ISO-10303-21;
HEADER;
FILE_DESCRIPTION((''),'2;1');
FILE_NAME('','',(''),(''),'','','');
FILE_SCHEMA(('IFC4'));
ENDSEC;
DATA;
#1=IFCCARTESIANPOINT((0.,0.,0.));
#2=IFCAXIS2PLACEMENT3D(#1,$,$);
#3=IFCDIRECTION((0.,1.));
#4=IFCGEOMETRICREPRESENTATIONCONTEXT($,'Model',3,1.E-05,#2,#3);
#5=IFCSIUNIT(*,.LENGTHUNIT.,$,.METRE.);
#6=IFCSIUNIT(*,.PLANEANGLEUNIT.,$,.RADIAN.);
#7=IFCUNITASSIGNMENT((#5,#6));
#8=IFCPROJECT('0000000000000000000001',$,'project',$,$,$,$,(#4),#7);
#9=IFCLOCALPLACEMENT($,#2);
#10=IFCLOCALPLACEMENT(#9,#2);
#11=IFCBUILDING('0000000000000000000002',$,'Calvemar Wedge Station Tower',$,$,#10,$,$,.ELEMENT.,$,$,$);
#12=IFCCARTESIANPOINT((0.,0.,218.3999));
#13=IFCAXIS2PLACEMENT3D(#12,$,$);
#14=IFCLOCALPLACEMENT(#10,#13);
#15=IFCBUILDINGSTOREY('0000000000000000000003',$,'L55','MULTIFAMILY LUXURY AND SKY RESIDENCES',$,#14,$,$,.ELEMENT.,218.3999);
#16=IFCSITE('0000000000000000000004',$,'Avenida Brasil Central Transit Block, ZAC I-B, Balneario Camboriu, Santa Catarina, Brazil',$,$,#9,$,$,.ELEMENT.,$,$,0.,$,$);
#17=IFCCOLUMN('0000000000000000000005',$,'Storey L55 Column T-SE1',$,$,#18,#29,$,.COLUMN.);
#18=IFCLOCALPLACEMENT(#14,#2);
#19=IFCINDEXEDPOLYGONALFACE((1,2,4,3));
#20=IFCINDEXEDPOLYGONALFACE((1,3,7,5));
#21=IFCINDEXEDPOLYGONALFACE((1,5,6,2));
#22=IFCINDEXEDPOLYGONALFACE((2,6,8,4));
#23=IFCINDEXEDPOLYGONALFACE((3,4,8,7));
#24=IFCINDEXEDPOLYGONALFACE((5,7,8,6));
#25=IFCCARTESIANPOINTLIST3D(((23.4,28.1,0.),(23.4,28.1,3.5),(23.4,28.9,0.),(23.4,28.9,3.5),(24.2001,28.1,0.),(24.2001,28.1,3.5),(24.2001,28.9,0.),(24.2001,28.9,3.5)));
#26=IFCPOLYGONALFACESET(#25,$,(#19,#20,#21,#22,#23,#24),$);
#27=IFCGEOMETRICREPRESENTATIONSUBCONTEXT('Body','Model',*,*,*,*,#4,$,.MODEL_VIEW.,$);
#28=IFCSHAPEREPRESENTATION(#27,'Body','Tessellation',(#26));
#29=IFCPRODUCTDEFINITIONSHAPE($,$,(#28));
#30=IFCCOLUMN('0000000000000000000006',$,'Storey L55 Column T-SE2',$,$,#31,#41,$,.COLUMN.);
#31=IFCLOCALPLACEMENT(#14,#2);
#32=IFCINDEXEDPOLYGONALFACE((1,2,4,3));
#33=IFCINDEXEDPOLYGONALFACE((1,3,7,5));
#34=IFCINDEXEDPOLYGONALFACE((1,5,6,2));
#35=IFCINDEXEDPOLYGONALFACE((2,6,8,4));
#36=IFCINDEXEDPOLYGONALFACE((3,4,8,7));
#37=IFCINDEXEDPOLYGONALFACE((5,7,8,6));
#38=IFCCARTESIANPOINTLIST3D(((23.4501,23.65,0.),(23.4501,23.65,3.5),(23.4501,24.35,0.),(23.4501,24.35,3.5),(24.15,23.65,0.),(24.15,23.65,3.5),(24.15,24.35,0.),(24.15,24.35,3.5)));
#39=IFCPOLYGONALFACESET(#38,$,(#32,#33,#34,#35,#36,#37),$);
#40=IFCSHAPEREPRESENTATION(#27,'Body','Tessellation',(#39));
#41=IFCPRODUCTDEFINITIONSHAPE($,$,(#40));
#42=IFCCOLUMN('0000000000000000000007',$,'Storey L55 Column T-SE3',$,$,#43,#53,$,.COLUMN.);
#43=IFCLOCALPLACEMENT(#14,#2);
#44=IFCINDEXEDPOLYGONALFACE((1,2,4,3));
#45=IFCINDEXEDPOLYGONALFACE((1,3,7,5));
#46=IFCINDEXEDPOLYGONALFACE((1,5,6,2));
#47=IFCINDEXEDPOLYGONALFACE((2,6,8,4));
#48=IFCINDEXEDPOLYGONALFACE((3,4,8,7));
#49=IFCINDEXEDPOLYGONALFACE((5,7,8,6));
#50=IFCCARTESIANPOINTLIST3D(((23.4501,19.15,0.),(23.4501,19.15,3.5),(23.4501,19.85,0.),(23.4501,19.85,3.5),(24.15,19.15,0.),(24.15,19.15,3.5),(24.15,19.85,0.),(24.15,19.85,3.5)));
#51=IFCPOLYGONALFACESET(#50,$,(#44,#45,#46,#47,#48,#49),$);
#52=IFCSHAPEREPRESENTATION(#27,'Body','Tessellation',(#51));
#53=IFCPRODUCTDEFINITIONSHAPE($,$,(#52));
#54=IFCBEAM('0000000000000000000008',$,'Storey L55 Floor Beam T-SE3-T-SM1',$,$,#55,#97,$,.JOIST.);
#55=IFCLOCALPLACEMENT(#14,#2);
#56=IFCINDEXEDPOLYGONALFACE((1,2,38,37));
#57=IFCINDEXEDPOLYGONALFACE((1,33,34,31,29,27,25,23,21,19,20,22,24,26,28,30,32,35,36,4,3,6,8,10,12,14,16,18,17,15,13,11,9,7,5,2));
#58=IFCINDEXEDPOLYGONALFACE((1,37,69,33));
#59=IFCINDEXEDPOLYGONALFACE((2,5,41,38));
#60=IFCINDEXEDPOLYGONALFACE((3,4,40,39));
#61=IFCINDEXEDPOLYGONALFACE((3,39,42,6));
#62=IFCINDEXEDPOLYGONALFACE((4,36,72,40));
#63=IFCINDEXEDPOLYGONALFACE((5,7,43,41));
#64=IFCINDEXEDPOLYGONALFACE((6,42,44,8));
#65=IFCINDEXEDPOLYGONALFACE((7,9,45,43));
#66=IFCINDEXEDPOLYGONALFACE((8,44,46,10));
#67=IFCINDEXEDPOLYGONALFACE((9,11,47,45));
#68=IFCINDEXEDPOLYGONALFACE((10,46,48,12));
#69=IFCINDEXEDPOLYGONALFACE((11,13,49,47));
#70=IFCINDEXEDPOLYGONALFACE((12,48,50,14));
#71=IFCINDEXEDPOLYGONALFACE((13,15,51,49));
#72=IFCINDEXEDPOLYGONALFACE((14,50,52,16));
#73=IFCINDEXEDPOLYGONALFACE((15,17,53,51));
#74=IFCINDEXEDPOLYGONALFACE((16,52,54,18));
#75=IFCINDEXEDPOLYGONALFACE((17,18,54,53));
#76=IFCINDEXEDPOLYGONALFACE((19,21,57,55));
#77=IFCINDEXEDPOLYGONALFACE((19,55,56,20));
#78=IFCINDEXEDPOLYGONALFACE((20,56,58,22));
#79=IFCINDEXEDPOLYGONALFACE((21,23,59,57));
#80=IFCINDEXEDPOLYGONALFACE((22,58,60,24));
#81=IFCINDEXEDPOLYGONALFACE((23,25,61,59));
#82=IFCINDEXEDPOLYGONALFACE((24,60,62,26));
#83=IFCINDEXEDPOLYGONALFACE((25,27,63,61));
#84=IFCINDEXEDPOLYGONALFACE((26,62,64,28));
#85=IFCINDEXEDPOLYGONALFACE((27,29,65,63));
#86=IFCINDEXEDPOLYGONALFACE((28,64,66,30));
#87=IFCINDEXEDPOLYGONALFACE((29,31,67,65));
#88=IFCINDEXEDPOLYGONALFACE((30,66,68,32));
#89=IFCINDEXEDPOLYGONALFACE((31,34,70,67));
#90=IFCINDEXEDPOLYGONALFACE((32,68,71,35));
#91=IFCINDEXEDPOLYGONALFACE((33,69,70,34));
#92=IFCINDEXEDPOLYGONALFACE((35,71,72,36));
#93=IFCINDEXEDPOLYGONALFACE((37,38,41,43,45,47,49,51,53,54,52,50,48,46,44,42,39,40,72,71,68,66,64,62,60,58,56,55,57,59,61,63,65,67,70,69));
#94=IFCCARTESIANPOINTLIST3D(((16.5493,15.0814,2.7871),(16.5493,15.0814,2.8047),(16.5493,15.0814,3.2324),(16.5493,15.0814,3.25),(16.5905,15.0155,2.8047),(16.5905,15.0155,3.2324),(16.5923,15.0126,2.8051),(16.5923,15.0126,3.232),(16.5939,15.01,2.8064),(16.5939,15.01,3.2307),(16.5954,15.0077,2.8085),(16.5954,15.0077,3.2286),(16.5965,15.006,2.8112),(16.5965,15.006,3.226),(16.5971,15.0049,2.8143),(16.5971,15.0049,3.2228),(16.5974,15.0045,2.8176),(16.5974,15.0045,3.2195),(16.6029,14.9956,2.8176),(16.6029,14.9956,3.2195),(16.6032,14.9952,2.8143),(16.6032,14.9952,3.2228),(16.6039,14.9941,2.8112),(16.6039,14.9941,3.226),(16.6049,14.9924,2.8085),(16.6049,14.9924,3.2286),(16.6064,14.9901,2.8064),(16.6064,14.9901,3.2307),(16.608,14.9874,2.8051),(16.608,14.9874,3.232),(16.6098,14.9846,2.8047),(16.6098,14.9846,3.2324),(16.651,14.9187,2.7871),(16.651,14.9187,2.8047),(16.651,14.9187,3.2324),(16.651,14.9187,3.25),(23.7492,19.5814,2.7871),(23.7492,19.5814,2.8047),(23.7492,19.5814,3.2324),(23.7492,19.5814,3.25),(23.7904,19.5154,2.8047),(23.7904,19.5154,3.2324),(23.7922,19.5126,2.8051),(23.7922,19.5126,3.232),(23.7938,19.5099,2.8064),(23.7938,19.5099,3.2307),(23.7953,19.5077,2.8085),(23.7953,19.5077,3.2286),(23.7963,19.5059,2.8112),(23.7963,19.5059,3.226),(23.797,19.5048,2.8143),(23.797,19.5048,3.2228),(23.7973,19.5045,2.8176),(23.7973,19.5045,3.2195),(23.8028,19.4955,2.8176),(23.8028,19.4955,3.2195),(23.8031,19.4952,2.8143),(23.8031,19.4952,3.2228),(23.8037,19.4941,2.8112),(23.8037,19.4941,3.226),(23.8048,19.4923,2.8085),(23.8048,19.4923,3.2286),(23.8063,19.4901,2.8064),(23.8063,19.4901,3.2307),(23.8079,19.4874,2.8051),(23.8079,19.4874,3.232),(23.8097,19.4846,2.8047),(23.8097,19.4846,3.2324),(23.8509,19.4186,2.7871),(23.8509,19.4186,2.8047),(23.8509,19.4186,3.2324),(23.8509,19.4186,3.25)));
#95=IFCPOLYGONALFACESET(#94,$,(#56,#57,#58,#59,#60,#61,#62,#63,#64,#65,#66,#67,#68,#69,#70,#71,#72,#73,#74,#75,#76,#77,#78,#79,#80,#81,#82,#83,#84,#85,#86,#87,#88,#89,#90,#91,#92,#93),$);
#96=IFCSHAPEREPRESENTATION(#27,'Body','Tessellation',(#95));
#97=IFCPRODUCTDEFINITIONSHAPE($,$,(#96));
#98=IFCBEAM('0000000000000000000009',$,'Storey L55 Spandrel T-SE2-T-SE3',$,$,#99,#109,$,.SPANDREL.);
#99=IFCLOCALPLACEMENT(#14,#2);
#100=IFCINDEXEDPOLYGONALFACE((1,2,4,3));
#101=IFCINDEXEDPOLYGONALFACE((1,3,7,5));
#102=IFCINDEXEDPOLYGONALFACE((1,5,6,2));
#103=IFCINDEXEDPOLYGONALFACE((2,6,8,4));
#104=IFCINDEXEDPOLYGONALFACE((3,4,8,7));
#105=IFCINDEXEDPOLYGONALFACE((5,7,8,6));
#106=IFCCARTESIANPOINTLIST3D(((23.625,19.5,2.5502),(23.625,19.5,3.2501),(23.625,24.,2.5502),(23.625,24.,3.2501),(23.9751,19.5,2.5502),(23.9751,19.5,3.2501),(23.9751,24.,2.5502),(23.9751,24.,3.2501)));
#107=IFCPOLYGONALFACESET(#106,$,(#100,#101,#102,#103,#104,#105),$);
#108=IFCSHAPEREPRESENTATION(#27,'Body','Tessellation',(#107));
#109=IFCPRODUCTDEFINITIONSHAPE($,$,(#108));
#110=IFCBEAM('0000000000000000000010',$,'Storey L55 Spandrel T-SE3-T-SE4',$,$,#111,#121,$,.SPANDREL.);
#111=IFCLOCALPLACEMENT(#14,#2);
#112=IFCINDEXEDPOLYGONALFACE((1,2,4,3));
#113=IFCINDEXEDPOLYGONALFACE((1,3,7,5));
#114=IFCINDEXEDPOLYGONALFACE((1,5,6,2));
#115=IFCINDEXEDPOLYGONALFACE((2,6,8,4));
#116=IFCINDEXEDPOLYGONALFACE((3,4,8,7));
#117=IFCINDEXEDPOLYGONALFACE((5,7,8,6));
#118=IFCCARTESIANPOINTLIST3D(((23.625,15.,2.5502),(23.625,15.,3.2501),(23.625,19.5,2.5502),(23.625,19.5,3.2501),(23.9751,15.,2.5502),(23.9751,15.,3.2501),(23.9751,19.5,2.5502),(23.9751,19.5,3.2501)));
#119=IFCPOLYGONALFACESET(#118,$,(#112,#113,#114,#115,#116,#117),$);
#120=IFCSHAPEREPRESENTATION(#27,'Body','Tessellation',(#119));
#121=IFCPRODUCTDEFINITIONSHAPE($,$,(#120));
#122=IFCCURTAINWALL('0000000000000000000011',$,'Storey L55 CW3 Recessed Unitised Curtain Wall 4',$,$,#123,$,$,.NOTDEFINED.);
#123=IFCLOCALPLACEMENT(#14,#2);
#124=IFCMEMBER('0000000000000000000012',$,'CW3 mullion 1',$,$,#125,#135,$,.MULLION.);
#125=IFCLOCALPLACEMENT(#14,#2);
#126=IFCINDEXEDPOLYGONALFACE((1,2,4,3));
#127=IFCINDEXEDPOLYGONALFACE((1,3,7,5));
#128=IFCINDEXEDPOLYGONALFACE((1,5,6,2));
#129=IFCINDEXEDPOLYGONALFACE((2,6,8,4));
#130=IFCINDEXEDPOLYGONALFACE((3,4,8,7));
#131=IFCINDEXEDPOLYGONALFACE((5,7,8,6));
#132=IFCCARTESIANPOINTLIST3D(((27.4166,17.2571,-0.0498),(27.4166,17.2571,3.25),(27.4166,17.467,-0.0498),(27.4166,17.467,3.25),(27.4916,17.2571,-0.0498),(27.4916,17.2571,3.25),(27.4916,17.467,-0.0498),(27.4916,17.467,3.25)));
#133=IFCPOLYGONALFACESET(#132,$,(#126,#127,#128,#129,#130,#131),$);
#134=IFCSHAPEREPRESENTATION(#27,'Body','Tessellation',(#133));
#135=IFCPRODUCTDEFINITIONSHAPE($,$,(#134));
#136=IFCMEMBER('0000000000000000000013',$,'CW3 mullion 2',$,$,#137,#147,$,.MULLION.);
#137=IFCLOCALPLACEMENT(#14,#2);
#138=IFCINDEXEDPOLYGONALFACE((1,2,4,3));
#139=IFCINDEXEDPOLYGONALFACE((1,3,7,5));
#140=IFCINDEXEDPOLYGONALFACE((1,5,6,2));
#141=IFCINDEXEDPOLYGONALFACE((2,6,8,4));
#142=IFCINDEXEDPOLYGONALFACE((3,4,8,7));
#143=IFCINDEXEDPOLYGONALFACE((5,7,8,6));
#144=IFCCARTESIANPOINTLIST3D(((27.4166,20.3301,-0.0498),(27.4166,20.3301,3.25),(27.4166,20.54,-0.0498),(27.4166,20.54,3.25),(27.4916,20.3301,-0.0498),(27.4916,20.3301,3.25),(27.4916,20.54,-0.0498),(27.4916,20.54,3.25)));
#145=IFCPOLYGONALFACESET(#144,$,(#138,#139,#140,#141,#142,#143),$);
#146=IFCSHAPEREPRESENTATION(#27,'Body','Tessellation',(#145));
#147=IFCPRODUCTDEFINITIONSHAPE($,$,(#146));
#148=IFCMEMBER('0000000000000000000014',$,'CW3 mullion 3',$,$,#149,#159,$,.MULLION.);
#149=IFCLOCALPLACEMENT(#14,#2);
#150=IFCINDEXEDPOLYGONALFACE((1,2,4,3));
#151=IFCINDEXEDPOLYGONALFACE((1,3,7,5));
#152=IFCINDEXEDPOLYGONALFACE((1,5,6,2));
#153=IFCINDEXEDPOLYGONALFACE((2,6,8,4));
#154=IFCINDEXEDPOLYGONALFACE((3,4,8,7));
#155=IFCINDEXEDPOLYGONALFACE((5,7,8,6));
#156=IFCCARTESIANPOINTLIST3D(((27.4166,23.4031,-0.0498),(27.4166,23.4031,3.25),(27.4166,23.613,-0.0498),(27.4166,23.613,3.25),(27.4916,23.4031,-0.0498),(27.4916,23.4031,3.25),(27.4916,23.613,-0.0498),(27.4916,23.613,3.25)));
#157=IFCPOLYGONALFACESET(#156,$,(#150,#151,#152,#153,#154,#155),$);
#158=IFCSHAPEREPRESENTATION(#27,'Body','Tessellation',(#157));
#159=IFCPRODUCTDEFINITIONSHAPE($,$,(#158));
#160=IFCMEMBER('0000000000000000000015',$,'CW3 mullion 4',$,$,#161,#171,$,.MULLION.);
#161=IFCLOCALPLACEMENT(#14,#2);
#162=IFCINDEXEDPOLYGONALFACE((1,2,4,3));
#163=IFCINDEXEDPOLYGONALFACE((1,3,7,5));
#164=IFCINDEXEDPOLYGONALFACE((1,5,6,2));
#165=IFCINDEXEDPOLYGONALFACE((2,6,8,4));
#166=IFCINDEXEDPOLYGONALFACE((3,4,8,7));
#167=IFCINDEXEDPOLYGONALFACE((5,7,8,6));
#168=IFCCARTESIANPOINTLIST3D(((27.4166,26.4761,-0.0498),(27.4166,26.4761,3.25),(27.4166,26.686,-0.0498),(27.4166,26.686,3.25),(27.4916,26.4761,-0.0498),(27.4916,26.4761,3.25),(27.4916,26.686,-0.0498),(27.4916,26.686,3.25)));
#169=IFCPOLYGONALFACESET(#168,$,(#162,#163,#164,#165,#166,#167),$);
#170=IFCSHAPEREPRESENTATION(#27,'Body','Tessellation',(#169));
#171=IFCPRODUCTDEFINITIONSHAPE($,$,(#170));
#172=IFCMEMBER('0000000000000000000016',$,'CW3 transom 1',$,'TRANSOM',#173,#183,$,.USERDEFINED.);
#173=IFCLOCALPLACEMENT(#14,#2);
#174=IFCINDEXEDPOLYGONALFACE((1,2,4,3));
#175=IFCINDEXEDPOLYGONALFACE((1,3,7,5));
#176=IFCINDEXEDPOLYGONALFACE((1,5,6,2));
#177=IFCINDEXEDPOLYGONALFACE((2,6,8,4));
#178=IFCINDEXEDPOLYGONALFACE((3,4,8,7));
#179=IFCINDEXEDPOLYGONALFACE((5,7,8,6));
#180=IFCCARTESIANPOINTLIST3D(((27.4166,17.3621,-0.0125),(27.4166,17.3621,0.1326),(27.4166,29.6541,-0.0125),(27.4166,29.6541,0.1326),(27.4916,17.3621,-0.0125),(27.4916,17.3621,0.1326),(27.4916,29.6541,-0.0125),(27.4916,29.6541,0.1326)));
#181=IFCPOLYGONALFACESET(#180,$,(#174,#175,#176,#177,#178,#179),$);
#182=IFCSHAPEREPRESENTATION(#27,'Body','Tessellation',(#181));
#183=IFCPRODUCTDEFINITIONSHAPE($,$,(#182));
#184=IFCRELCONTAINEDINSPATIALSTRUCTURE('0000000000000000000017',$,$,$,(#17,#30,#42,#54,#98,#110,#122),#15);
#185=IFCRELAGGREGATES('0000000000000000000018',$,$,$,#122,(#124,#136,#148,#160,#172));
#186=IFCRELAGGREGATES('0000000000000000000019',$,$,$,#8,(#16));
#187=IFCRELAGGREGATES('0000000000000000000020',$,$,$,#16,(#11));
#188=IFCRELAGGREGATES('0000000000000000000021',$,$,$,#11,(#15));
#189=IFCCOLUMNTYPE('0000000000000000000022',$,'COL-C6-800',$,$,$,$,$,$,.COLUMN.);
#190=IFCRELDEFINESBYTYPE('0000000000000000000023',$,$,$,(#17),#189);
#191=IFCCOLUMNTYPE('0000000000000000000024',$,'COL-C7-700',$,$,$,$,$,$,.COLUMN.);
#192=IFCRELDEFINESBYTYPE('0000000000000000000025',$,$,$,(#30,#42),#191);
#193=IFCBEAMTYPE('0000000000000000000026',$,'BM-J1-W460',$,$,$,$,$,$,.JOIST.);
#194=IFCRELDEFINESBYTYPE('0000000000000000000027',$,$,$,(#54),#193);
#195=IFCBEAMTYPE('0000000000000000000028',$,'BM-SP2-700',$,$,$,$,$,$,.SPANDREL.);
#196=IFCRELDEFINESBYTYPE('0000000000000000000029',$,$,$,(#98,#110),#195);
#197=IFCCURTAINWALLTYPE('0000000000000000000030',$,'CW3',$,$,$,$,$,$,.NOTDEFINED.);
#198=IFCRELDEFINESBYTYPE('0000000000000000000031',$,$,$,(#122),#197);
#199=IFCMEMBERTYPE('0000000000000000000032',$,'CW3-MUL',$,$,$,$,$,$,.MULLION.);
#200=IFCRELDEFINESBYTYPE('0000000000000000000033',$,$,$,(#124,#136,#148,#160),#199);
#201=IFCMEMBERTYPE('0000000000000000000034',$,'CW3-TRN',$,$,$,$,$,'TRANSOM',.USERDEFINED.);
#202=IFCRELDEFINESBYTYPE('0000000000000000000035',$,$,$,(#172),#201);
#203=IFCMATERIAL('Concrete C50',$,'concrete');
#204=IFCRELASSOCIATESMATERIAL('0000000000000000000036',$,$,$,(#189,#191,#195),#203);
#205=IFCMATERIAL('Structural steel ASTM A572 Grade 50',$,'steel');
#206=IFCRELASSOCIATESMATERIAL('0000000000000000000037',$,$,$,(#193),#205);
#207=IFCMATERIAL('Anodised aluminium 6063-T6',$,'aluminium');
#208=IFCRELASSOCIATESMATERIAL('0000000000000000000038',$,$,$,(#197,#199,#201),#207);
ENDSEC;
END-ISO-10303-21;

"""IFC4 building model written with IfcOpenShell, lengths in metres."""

from ifc_helpers import new_model, si_unit, direction, frame, origin, origin_2d, place, context, subcontext, project, spatial, rectangle, i_section, extrude, source, transform, mapped, material, material_profile, profile_set, type_object, element, aggregate, save


model = new_model("IFC4")

# Units and contexts
model_context = context("Model", 3, precision=1e-05, world=origin(), true_north=direction((0.0, 1.0)))
body_context = subcontext(model_context, "Body", "Model", "MODEL_VIEW")
ifc_project = project(units=[si_unit("LENGTHUNIT", "METRE"), si_unit("PLANEANGLEUNIT", "RADIAN")], contexts=[model_context])

# Site, building, storey
site_placement = place(None, origin())
site = spatial("IfcSite", under=ifc_project, at=site_placement, Name="Avenida Brasil Central Transit Block, ZAC I-B, Balneario Camboriu, Santa Catarina, Brazil", CompositionType="ELEMENT", RefElevation=0.0)
building_placement = place(site_placement, origin())
building = spatial("IfcBuilding", under=site, at=building_placement, Name="Calvemar Wedge Station Tower", CompositionType="ELEMENT")
storey_placement = place(building_placement, frame((0.0, 0.0, 218.3999)))
storey = spatial("IfcBuildingStorey", under=building, at=storey_placement, Name="L55", Description="MULTIFAMILY LUXURY AND SKY RESIDENCES", CompositionType="ELEMENT", Elevation=218.3999)

# Columns
ifc_material_1 = material(Name="Concrete C50", Category="concrete")
ifc_material_profile_1 = material_profile(ifc_material_1, rectangle(XDim=0.8, YDim=0.8, at=origin_2d()), Name="RC800x800")
ifc_profile_set_1 = profile_set([ifc_material_profile_1], Name="Concrete C50")
column_type_1 = type_object("IfcColumnType", Name="COL-C6-800", PredefinedType="COLUMN", material=ifc_profile_set_1)
shared_shape_1 = source(origin(), body_context, "Body", "SweptSolid", [
    extrude(rectangle(XDim=0.8, YDim=0.8, at=origin_2d()), origin(), (0.0, 0.0, 1.0), 3.5),
])
column_placement = place(storey_placement, frame((23.8, 28.5, 0.0), z_axis=(0.0, 0.0, 1.0), x_axis=(1.0, 0.0, 0.0)))
element("IfcColumn", 1, at=column_placement, inside=storey, type_object=column_type_1, Name="Storey L55 Column T-SE1", PredefinedType="COLUMN", context=body_context, shape_type="MappedRepresentation", body=[
    mapped(shared_shape_1, transform((0.0, 0.0, 0.0), scale=1.0)),
])
ifc_material_profile_2 = material_profile(ifc_material_1, rectangle(XDim=0.7, YDim=0.7, at=origin_2d()), Name="RC700x700")
ifc_profile_set_2 = profile_set([ifc_material_profile_2], Name="Concrete C50")
column_type_2 = type_object("IfcColumnType", Name="COL-C7-700", PredefinedType="COLUMN", material=ifc_profile_set_2)
shared_shape_2 = source(origin(), body_context, "Body", "SweptSolid", [
    extrude(rectangle(XDim=0.7, YDim=0.7, at=origin_2d()), origin(), (0.0, 0.0, 1.0), 3.5),
])
for number, where, z_axis, x_axis, name in (
    (2, (23.8, 24.0, 0.0), (0.0, 0.0, 1.0), (1.0, 0.0, 0.0), "Storey L55 Column T-SE2"),
    (3, (23.8, 19.5, 0.0), (0.0, 0.0, 1.0), (1.0, 0.0, 0.0), "Storey L55 Column T-SE3"),
):
    element("IfcColumn", number, at=place(storey_placement, frame(where, z_axis=z_axis, x_axis=x_axis)), inside=storey, type_object=column_type_2, Name=name, PredefinedType="COLUMN", context=body_context, shape_type="MappedRepresentation", body=[
        mapped(shared_shape_2, transform((0.0, 0.0, 0.0), scale=1.0)),
    ])

# Beams
ifc_material_2 = material(Name="Structural steel ASTM A572 Grade 50", Category="steel")
ifc_material_profile_3 = material_profile(ifc_material_2, i_section(OverallWidth=0.1919, OverallDepth=0.4629, WebThickness=0.0105, FlangeThickness=0.0176, FilletRadius=0.0129, at=origin_2d()), Name="W460x89")
ifc_profile_set_3 = profile_set([ifc_material_profile_3], Name="Structural steel ASTM A572 Grade 50")
beam_type_1 = type_object("IfcBeamType", Name="BM-J1-W460", PredefinedType="JOIST", material=ifc_profile_set_3)
shared_shape_3 = source(origin(), body_context, "Body", "SweptSolid", [
    extrude(i_section(OverallWidth=0.1919, OverallDepth=0.4629, WebThickness=0.0105, FlangeThickness=0.0176, FilletRadius=0.0129, at=origin_2d()), origin(), (0.0, 0.0, 1.0), 8.4905),
])
beam_placement = place(storey_placement, frame((23.8, 19.5, 3.0186), z_axis=(-0.847997, -0.530002, 0.0), x_axis=(0.530002, -0.847997, 0.0)))
element("IfcBeam", 4, at=beam_placement, inside=storey, type_object=beam_type_1, Name="Storey L55 Floor Beam T-SE3-T-SM1", PredefinedType="JOIST", context=body_context, shape_type="MappedRepresentation", body=[
    mapped(shared_shape_3, transform((0.0, 0.0, 0.0), scale=1.0)),
])
ifc_material_profile_4 = material_profile(ifc_material_1, rectangle(XDim=0.3501, YDim=0.7, at=origin_2d()), Name="RC350x700")
ifc_profile_set_4 = profile_set([ifc_material_profile_4], Name="Concrete C50")
beam_type_2 = type_object("IfcBeamType", Name="BM-SP2-700", PredefinedType="SPANDREL", material=ifc_profile_set_4)
shared_shape_4 = source(origin(), body_context, "Body", "SweptSolid", [
    extrude(rectangle(XDim=0.3501, YDim=0.7, at=origin_2d()), origin(), (0.0, 0.0, 1.0), 4.5),
])
for number, where, z_axis, x_axis, name in (
    (5, (23.8, 24.0, 2.9001), (0.0, -1.0, 0.0), (1.0, 0.0, 0.0), "Storey L55 Spandrel T-SE2-T-SE3"),
    (6, (23.8, 19.5, 2.9001), (0.0, -1.0, 0.0), (1.0, 0.0, 0.0), "Storey L55 Spandrel T-SE3-T-SE4"),
):
    element("IfcBeam", number, at=place(storey_placement, frame(where, z_axis=z_axis, x_axis=x_axis)), inside=storey, type_object=beam_type_2, Name=name, PredefinedType="SPANDREL", context=body_context, shape_type="MappedRepresentation", body=[
        mapped(shared_shape_4, transform((0.0, 0.0, 0.0), scale=1.0)),
    ])

# Curtain wall, members
ifc_material_3 = material(Name="Anodised aluminium 6063-T6", Category="aluminium")
curtain_wall_type = type_object("IfcCurtainWallType", Name="CW3", PredefinedType="NOTDEFINED", material=ifc_material_3)
curtain_wall_placement = place(storey_placement, origin())
curtain_wall = element("IfcCurtainWall", 7, at=curtain_wall_placement, inside=storey, type_object=curtain_wall_type, Name="Storey L55 CW3 Recessed Unitised Curtain Wall 4", PredefinedType="NOTDEFINED")
ifc_material_profile_5 = material_profile(ifc_material_3, rectangle(XDim=0.075, YDim=0.21, at=origin_2d()), Name="AL-MUL-75x210")
ifc_profile_set_5 = profile_set([ifc_material_profile_5], Name="Anodised aluminium 6063-T6")
member_type_1 = type_object("IfcMemberType", Name="CW3-MUL", PredefinedType="MULLION", material=ifc_profile_set_5)
shared_shape_5 = source(origin(), body_context, "Body", "SweptSolid", [
    extrude(rectangle(XDim=0.075, YDim=0.21, at=origin_2d()), origin(), (0.0, 0.0, 1.0), 3.2998),
])
member_1_placement = place(storey_placement, frame((27.4541, 17.3621, -0.0498), z_axis=(0.0, 0.0, 1.0), x_axis=(1.0, 0.0, 0.0)))
member_1 = element("IfcMember", 8, at=member_1_placement, type_object=member_type_1, Name="CW3 mullion 1", PredefinedType="MULLION", context=body_context, shape_type="MappedRepresentation", body=[
    mapped(shared_shape_5, transform((0.0, 0.0, 0.0), scale=1.0)),
])
member_2_placement = place(storey_placement, frame((27.4541, 20.4351, -0.0498), z_axis=(0.0, 0.0, 1.0), x_axis=(1.0, 0.0, 0.0)))
member_2 = element("IfcMember", 9, at=member_2_placement, type_object=member_type_1, Name="CW3 mullion 2", PredefinedType="MULLION", context=body_context, shape_type="MappedRepresentation", body=[
    mapped(shared_shape_5, transform((0.0, 0.0, 0.0), scale=1.0)),
])
member_3_placement = place(storey_placement, frame((27.4541, 23.5081, -0.0498), z_axis=(0.0, 0.0, 1.0), x_axis=(1.0, 0.0, 0.0)))
member_3 = element("IfcMember", 10, at=member_3_placement, type_object=member_type_1, Name="CW3 mullion 3", PredefinedType="MULLION", context=body_context, shape_type="MappedRepresentation", body=[
    mapped(shared_shape_5, transform((0.0, 0.0, 0.0), scale=1.0)),
])
member_4_placement = place(storey_placement, frame((27.4541, 26.5811, -0.0498), z_axis=(0.0, 0.0, 1.0), x_axis=(1.0, 0.0, 0.0)))
member_4 = element("IfcMember", 11, at=member_4_placement, type_object=member_type_1, Name="CW3 mullion 4", PredefinedType="MULLION", context=body_context, shape_type="MappedRepresentation", body=[
    mapped(shared_shape_5, transform((0.0, 0.0, 0.0), scale=1.0)),
])
ifc_material_profile_6 = material_profile(ifc_material_3, rectangle(XDim=0.075, YDim=0.145, at=origin_2d()), Name="AL-TRN-75x145")
ifc_profile_set_6 = profile_set([ifc_material_profile_6], Name="Anodised aluminium 6063-T6")
member_type_2 = type_object("IfcMemberType", Name="CW3-TRN", ElementType="TRANSOM", PredefinedType="USERDEFINED", material=ifc_profile_set_6)
shared_shape_6 = source(origin(), body_context, "Body", "SweptSolid", [
    extrude(rectangle(XDim=0.075, YDim=0.145, at=origin_2d()), origin(), (0.0, 0.0, 1.0), 12.292),
])
member_5_placement = place(storey_placement, frame((27.4541, 17.3621, 0.0601), z_axis=(0.0, 1.0, 0.0), x_axis=(-1.0, 0.0, 0.0)))
member_5 = element("IfcMember", 12, at=member_5_placement, type_object=member_type_2, Name="CW3 transom 1", ObjectType="TRANSOM", PredefinedType="USERDEFINED", context=body_context, shape_type="MappedRepresentation", body=[
    mapped(shared_shape_6, transform((0.0, 0.0, 0.0), scale=1.0)),
])
aggregate(curtain_wall, [member_1, member_2, member_3, member_4, member_5])

save(model, "model.ifc")
